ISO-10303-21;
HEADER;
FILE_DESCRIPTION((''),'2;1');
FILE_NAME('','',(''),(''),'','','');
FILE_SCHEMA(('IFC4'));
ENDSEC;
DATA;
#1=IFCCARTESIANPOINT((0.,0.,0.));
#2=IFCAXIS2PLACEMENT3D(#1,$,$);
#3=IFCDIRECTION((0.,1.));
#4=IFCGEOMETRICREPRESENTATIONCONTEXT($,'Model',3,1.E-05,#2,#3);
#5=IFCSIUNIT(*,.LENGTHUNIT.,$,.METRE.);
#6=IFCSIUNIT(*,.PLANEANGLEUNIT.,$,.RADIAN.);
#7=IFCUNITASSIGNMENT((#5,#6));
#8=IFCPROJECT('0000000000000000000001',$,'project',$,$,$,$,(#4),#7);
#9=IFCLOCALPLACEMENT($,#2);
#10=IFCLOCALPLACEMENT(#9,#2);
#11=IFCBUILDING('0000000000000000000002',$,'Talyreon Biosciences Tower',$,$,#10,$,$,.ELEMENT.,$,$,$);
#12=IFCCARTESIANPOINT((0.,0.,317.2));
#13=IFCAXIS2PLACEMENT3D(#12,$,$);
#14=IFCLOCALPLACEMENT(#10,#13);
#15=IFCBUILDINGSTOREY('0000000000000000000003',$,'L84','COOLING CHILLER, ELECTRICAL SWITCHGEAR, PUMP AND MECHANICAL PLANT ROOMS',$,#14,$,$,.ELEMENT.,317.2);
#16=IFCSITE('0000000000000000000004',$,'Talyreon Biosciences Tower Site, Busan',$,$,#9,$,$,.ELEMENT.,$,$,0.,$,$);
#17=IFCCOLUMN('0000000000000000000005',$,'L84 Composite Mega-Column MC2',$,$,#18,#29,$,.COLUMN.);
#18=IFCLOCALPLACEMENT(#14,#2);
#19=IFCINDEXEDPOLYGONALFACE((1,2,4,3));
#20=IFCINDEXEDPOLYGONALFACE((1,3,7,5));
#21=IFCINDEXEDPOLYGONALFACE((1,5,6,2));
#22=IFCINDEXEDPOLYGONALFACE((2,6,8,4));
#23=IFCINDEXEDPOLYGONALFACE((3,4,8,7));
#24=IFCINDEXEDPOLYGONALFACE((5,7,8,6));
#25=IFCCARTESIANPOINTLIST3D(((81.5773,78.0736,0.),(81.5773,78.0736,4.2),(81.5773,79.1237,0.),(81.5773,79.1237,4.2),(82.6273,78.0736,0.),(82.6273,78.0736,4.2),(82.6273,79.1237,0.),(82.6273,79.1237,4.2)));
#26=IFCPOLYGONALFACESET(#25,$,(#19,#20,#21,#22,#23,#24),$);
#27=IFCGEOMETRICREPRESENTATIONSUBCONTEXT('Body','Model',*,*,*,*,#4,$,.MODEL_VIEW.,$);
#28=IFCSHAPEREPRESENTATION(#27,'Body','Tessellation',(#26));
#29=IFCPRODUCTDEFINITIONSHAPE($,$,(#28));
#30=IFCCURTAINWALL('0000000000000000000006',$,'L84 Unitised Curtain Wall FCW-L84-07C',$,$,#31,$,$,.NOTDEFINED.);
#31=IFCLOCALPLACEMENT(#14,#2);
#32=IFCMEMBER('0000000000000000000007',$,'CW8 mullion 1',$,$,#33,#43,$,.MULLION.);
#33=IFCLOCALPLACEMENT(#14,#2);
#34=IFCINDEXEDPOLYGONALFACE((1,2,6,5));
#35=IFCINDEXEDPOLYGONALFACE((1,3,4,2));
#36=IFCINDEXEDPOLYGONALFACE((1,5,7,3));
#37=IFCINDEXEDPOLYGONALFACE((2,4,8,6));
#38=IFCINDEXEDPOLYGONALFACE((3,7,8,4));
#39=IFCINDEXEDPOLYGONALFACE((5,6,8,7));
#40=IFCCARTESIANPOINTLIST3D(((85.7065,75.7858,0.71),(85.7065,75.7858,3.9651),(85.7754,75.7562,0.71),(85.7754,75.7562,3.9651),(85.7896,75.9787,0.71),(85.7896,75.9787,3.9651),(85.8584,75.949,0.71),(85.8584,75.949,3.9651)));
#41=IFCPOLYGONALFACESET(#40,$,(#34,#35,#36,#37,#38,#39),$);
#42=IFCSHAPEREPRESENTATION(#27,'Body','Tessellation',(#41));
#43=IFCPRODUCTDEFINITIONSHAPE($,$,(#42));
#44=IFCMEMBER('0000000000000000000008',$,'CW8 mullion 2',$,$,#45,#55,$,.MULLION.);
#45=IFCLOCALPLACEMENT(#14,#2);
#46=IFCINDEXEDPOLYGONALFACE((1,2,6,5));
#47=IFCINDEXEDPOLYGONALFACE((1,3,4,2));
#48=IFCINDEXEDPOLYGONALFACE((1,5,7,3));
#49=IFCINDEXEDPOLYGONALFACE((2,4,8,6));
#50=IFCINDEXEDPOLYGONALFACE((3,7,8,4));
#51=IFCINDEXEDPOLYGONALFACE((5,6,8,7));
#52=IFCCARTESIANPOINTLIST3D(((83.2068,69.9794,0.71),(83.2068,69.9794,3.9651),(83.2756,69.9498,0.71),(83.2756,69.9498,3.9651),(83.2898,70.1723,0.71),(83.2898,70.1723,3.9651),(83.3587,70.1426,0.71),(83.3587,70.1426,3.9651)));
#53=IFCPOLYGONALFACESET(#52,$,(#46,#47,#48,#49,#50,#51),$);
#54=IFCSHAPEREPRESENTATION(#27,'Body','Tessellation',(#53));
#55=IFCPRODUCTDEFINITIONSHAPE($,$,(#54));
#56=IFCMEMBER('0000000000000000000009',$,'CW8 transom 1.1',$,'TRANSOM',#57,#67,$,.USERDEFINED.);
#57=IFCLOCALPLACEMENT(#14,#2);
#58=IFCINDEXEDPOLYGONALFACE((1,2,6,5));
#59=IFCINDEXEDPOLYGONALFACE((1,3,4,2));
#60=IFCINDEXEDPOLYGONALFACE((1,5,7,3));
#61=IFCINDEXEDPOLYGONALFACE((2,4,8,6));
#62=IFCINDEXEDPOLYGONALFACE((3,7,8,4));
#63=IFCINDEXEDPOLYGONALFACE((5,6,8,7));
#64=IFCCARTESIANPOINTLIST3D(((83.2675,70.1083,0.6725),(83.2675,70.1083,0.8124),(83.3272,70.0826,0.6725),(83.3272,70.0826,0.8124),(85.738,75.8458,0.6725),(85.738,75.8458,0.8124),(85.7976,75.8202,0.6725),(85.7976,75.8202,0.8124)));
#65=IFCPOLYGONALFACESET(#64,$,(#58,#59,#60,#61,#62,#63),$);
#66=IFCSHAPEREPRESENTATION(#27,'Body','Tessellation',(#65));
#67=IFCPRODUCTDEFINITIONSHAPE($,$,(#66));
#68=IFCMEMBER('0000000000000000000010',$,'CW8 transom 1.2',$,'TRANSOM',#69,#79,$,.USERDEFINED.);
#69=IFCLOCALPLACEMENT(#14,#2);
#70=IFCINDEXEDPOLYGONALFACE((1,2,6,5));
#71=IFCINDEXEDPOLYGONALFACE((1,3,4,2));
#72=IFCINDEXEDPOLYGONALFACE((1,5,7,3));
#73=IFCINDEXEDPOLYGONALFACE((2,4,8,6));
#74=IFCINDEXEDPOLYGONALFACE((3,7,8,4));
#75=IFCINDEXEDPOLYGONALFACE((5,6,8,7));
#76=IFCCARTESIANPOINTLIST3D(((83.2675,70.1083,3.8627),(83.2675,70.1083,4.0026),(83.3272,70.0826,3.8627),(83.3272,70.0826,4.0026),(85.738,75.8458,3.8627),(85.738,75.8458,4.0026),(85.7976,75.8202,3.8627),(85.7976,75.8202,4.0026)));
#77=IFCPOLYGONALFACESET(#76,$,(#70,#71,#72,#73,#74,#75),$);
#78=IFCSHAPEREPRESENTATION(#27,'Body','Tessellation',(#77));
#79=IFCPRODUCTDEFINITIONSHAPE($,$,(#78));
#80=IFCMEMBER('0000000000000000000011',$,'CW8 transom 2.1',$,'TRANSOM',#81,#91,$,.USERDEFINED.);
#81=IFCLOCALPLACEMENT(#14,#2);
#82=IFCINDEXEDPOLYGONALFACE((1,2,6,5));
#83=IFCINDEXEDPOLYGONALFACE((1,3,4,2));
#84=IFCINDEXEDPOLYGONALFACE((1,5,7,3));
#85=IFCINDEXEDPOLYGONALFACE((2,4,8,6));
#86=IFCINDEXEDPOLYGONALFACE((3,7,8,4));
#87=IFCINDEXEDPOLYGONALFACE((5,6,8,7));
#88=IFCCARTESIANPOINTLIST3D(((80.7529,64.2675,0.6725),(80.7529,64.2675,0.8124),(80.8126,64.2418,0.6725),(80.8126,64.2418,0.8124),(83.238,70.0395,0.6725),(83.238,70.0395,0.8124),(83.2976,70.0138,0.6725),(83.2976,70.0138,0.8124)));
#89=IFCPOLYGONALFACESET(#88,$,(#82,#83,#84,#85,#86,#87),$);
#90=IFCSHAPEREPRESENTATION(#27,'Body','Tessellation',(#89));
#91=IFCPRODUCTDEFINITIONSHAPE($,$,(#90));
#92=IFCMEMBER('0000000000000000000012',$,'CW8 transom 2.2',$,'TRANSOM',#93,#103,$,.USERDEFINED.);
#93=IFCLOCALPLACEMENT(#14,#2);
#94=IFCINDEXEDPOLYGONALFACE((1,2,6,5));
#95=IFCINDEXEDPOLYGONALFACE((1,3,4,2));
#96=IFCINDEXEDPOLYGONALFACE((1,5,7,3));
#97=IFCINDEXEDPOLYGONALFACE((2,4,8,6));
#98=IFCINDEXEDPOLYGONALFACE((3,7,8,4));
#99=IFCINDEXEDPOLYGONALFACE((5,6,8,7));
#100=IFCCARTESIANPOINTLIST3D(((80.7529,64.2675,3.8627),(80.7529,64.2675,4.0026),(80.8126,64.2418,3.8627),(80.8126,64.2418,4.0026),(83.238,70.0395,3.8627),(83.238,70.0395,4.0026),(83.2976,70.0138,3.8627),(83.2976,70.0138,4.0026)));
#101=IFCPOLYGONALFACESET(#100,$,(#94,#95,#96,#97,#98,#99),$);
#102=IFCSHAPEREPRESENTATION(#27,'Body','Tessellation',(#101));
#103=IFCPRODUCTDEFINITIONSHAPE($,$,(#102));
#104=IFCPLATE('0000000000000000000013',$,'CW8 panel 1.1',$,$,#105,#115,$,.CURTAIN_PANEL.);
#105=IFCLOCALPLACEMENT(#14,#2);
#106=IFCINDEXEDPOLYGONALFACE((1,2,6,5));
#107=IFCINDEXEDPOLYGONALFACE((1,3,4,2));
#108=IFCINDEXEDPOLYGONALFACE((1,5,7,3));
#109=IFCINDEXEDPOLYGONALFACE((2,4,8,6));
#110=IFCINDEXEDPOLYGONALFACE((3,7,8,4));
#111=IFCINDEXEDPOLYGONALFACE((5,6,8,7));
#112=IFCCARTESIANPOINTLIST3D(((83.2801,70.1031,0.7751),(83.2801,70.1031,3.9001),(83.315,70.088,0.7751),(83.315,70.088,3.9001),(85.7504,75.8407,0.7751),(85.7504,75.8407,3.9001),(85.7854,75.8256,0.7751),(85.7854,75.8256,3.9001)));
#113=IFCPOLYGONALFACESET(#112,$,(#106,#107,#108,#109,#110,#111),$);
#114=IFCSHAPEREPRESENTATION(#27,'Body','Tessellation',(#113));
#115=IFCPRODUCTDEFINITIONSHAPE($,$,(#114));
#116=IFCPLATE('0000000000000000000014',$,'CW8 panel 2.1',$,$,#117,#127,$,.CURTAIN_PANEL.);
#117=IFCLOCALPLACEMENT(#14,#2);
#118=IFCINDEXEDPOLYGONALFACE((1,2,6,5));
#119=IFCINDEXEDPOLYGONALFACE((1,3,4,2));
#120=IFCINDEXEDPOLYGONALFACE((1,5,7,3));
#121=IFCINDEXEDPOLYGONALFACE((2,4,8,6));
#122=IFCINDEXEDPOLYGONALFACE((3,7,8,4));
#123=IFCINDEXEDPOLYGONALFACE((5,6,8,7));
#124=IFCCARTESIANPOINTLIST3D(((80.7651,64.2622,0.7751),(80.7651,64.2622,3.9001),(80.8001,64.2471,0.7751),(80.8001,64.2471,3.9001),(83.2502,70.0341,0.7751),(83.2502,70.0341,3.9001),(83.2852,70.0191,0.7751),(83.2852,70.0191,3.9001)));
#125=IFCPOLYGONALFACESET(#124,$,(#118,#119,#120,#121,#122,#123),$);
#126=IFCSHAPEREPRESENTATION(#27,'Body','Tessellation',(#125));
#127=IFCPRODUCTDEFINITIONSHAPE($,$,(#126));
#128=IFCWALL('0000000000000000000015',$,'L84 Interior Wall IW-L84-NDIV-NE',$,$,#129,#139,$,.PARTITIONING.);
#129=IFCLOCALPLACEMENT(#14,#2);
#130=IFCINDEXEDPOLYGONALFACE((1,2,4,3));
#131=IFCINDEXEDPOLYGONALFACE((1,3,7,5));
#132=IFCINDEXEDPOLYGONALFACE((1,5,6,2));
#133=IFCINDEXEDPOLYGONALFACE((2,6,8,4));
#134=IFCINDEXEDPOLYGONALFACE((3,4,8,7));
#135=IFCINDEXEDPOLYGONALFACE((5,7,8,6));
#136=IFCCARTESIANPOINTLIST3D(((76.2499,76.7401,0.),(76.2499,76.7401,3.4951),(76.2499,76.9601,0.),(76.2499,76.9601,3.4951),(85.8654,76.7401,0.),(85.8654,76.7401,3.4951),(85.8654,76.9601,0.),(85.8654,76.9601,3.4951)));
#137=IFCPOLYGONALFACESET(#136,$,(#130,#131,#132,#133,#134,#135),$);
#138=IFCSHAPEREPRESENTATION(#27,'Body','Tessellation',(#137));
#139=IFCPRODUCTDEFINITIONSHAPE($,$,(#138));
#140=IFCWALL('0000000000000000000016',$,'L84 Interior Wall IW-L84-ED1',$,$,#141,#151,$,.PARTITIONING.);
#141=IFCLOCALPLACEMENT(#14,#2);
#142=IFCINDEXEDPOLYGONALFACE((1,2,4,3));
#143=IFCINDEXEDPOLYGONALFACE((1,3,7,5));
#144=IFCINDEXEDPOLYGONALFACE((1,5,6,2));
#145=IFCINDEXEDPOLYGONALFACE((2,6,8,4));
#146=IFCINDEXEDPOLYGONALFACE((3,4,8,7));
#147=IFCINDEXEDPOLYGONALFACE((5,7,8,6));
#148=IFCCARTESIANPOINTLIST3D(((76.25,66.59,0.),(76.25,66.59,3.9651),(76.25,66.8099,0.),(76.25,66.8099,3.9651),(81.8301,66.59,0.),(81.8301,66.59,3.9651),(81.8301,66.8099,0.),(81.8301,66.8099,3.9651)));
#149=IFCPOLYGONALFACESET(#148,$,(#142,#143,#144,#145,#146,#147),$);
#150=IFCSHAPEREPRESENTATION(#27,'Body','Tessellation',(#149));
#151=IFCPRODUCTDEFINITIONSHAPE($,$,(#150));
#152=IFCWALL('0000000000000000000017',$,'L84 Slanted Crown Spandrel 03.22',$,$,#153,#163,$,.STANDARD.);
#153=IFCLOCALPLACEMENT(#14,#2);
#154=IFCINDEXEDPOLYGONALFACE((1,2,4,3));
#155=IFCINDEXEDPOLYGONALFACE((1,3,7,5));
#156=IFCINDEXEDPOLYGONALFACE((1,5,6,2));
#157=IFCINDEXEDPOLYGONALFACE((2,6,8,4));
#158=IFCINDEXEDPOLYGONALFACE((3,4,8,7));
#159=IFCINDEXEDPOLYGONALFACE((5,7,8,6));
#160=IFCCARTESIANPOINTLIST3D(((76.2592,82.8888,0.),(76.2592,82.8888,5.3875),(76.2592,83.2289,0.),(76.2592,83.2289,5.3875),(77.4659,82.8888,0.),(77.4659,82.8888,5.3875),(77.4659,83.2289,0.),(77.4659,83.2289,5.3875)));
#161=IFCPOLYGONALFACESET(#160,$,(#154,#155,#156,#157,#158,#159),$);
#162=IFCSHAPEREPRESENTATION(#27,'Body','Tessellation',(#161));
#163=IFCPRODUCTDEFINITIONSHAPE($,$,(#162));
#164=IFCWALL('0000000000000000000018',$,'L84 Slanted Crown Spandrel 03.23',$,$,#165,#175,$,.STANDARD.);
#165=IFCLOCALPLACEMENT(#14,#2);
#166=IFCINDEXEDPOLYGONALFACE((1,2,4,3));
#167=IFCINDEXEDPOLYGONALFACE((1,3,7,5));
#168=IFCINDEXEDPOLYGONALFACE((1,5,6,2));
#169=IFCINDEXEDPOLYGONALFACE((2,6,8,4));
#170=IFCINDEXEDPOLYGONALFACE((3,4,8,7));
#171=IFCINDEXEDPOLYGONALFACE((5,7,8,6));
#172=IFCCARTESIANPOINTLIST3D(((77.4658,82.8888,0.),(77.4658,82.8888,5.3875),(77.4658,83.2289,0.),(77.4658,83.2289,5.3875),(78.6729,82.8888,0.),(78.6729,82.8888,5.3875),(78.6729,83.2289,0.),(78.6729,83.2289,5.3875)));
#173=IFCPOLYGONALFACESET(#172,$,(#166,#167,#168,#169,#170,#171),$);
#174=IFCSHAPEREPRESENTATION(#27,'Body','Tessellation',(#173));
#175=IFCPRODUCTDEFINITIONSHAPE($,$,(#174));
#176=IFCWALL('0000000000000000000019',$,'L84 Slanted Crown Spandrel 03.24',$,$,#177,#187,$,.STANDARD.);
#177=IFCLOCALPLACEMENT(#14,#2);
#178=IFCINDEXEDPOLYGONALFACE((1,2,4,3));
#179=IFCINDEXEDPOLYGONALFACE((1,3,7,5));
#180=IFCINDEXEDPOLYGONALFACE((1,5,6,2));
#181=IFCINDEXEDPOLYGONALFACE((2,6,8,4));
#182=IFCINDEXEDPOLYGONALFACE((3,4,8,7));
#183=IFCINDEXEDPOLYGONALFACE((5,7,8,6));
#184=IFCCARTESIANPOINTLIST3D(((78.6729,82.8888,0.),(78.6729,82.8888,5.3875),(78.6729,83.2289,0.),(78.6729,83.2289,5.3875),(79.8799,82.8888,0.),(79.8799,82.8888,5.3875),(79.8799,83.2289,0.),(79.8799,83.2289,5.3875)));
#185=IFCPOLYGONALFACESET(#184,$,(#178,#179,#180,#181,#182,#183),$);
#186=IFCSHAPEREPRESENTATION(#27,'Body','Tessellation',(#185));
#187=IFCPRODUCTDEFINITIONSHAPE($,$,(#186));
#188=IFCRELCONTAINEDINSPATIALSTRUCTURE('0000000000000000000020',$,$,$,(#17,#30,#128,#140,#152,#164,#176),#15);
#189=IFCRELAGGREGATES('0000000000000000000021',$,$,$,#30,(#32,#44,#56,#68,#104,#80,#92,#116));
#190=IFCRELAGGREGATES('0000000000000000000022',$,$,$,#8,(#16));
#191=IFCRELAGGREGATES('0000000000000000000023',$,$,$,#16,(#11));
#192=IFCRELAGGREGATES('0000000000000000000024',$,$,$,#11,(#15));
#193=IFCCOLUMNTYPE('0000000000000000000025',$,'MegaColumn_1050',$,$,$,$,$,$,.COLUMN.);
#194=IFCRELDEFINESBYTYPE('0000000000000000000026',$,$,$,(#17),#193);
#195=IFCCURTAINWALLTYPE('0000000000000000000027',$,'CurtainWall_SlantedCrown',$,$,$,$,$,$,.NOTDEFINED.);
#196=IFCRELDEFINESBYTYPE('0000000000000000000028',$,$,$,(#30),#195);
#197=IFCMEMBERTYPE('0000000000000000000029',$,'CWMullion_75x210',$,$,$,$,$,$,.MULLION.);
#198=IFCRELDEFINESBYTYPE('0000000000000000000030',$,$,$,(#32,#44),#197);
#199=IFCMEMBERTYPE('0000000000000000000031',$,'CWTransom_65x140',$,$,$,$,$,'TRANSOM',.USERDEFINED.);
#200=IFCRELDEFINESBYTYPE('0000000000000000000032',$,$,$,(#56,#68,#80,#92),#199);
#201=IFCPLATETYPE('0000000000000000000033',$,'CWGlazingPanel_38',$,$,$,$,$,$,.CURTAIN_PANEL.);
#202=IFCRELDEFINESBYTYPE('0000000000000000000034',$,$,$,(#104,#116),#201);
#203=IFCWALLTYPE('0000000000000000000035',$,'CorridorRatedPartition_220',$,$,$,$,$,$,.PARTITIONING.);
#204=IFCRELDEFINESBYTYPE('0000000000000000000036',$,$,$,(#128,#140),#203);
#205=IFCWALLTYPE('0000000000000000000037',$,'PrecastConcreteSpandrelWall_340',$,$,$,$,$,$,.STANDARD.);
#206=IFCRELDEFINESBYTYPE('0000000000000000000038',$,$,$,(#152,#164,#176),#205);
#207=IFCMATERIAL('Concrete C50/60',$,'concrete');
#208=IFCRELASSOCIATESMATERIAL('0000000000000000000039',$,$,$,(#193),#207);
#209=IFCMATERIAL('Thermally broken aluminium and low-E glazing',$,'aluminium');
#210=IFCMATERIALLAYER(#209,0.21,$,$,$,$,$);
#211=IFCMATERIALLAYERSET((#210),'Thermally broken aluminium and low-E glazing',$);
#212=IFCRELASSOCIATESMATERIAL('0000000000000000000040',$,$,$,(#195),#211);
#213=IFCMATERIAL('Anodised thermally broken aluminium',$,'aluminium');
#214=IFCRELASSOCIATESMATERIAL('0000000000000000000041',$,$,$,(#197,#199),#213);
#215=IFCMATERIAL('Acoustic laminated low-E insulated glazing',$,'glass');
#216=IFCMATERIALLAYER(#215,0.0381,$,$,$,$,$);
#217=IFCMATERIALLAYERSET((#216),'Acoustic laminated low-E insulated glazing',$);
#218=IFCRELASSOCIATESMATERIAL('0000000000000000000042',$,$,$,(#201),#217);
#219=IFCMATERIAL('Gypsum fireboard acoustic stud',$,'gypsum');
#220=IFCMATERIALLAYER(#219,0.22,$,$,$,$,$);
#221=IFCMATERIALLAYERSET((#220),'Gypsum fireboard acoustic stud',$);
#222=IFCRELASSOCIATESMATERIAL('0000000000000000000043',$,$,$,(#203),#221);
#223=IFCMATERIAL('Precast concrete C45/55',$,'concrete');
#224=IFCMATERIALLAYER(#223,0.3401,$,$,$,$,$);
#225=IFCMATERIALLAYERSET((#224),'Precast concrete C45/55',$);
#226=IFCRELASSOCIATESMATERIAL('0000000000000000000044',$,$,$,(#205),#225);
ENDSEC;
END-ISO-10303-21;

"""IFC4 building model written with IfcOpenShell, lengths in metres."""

from ifc_helpers import new_model, si_unit, direction, frame, frame_2d, origin, origin_2d, place, context, subcontext, project, spatial, rectangle, extrude, material, layer, layer_set, material_profile, profile_set, type_object, element, aggregate, save


model = new_model("IFC4")

# Units and contexts
model_context = context("Model", 3, precision=1e-05, world=origin(), true_north=direction((0.0, 1.0)))
body_context = subcontext(model_context, "Body", "Model", "MODEL_VIEW")
ifc_project = project(units=[si_unit("LENGTHUNIT", "METRE"), si_unit("PLANEANGLEUNIT", "RADIAN")], contexts=[model_context])

# Site, building, storey
site_placement = place(None, origin())
site = spatial("IfcSite", under=ifc_project, at=site_placement, Name="Talyreon Biosciences Tower Site, Busan", CompositionType="ELEMENT", RefElevation=0.0)
building_placement = place(site_placement, origin())
building = spatial("IfcBuilding", under=site, at=building_placement, Name="Talyreon Biosciences Tower", CompositionType="ELEMENT")
storey_placement = place(building_placement, frame((0.0, 0.0, 317.2)))
storey = spatial("IfcBuildingStorey", under=building, at=storey_placement, Name="L84", Description="COOLING CHILLER, ELECTRICAL SWITCHGEAR, PUMP AND MECHANICAL PLANT ROOMS", CompositionType="ELEMENT", Elevation=317.2)

# Column
ifc_material_1 = material(Name="Concrete C50/60", Category="concrete")
ifc_material_profile_1 = material_profile(ifc_material_1, rectangle(XDim=1.05, YDim=1.05, at=origin_2d()), Name="RC 1050x1050")
ifc_profile_set_1 = profile_set([ifc_material_profile_1], Name="Concrete C50/60")
column_type = type_object("IfcColumnType", Name="MegaColumn_1050", PredefinedType="COLUMN", material=ifc_profile_set_1)
column_placement = place(storey_placement, frame((82.1023, 78.5986, 0.0), z_axis=(0.0, 0.0, 1.0), x_axis=(1.0, 0.0, 0.0)))
element("IfcColumn", 1, at=column_placement, inside=storey, type_object=column_type, Name="L84 Composite Mega-Column MC2", PredefinedType="COLUMN", context=body_context, shape_type="SweptSolid", body=[
    extrude(rectangle(XDim=1.05, YDim=1.05, at=origin_2d()), origin(), (0.0, 0.0, 1.0), 4.2),
])

# Curtain wall, members, plates
ifc_material_2 = material(Name="Thermally broken aluminium and low-E glazing", Category="aluminium")
ifc_layer_1 = layer(ifc_material_2, 0.21)
ifc_layer_set_1 = layer_set([ifc_layer_1], Name="Thermally broken aluminium and low-E glazing")
curtain_wall_type = type_object("IfcCurtainWallType", Name="CurtainWall_SlantedCrown", PredefinedType="NOTDEFINED", material=ifc_layer_set_1)
curtain_wall_placement = place(storey_placement, origin())
curtain_wall = element("IfcCurtainWall", 2, at=curtain_wall_placement, inside=storey, type_object=curtain_wall_type, Name="L84 Unitised Curtain Wall FCW-L84-07C", PredefinedType="NOTDEFINED")
ifc_material_3 = material(Name="Anodised thermally broken aluminium", Category="aluminium")
ifc_material_profile_2 = material_profile(ifc_material_3, rectangle(XDim=0.075, YDim=0.21, at=origin_2d()), Name="ALUM MULLION 75x210")
ifc_profile_set_2 = profile_set([ifc_material_profile_2], Name="Anodised thermally broken aluminium")
member_type_1 = type_object("IfcMemberType", Name="CWMullion_75x210", PredefinedType="MULLION", material=ifc_profile_set_2)
member_1_placement = place(storey_placement, frame((85.7825, 75.8674, 0.71), z_axis=(0.0, 0.0, 1.0), x_axis=(0.918487, -0.395451, 0.0)))
member_1 = element("IfcMember", 3, at=member_1_placement, type_object=member_type_1, Name="CW8 mullion 1", PredefinedType="MULLION", context=body_context, shape_type="SweptSolid", body=[
    extrude(rectangle(XDim=0.075, YDim=0.21, at=origin_2d()), origin(), (0.0, 0.0, 1.0), 3.2551),
])
member_2_placement = place(storey_placement, frame((83.2827, 70.061, 0.71), z_axis=(0.0, 0.0, 1.0), x_axis=(0.918487, -0.395451, 0.0)))
member_2 = element("IfcMember", 4, at=member_2_placement, type_object=member_type_1, Name="CW8 mullion 2", PredefinedType="MULLION", context=body_context, shape_type="SweptSolid", body=[
    extrude(rectangle(XDim=0.075, YDim=0.21, at=origin_2d()), origin(), (0.0, 0.0, 1.0), 3.2551),
])
ifc_material_profile_3 = material_profile(ifc_material_3, rectangle(XDim=0.0649, YDim=0.1399, at=origin_2d()), Name="ALUM TRANSOM 65x140")
ifc_profile_set_3 = profile_set([ifc_material_profile_3], Name="Anodised thermally broken aluminium")
member_type_2 = type_object("IfcMemberType", Name="CWTransom_65x140", ElementType="TRANSOM", PredefinedType="USERDEFINED", material=ifc_profile_set_3)
member_3_placement = place(storey_placement, frame((85.7678, 75.833, 0.7424), z_axis=(-0.395475, -0.918477, 0.0), x_axis=(0.918477, -0.395475, 0.0)))
member_3 = element("IfcMember", 5, at=member_3_placement, type_object=member_type_2, Name="CW8 transom 1.1", ObjectType="TRANSOM", PredefinedType="USERDEFINED", context=body_context, shape_type="SweptSolid", body=[
    extrude(rectangle(XDim=0.0649, YDim=0.1399, at=origin_2d()), origin(), (0.0, 0.0, 1.0), 6.2468),
])
member_4_placement = place(storey_placement, frame((85.7678, 75.833, 3.9326), z_axis=(-0.395475, -0.918477, 0.0), x_axis=(0.918477, -0.395475, 0.0)))
member_4 = element("IfcMember", 6, at=member_4_placement, type_object=member_type_2, Name="CW8 transom 1.2", ObjectType="TRANSOM", PredefinedType="USERDEFINED", context=body_context, shape_type="SweptSolid", body=[
    extrude(rectangle(XDim=0.0649, YDim=0.1399, at=origin_2d()), origin(), (0.0, 0.0, 1.0), 6.2468),
])
member_5_placement = place(storey_placement, frame((83.2678, 70.0266, 0.7424), z_axis=(-0.395452, -0.918487, 0.0), x_axis=(0.918487, -0.395452, 0.0)))
member_5 = element("IfcMember", 7, at=member_5_placement, type_object=member_type_2, Name="CW8 transom 2.1", ObjectType="TRANSOM", PredefinedType="USERDEFINED", context=body_context, shape_type="SweptSolid", body=[
    extrude(rectangle(XDim=0.0649, YDim=0.1399, at=origin_2d()), origin(), (0.0, 0.0, 1.0), 6.2842),
])
member_6_placement = place(storey_placement, frame((83.2678, 70.0266, 3.9326), z_axis=(-0.395452, -0.918487, 0.0), x_axis=(0.918487, -0.395452, 0.0)))
member_6 = element("IfcMember", 8, at=member_6_placement, type_object=member_type_2, Name="CW8 transom 2.2", ObjectType="TRANSOM", PredefinedType="USERDEFINED", context=body_context, shape_type="SweptSolid", body=[
    extrude(rectangle(XDim=0.0649, YDim=0.1399, at=origin_2d()), origin(), (0.0, 0.0, 1.0), 6.2842),
])
ifc_material_4 = material(Name="Acoustic laminated low-E insulated glazing", Category="glass")
ifc_layer_2 = layer(ifc_material_4, 0.0381)
ifc_layer_set_2 = layer_set([ifc_layer_2], Name="Acoustic laminated low-E insulated glazing")
plate_type = type_object("IfcPlateType", Name="CWGlazingPanel_38", PredefinedType="CURTAIN_PANEL", material=ifc_layer_set_2)
plate_1_placement = place(storey_placement, frame((84.5327, 72.9644, 0.7751), z_axis=(0.0, 0.0, 1.0), x_axis=(-0.395451, -0.918487, 0.0)))
plate_1 = element("IfcPlate", 9, at=plate_1_placement, type_object=plate_type, Name="CW8 panel 1.1", PredefinedType="CURTAIN_PANEL", context=body_context, shape_type="SweptSolid", body=[
    extrude(rectangle(XDim=6.2468, YDim=0.0381, at=origin_2d()), origin(), (0.0, 0.0, 1.0), 3.125),
])
plate_2_placement = place(storey_placement, frame((82.0251, 67.1406, 0.7751), z_axis=(0.0, 0.0, 1.0), x_axis=(-0.395451, -0.918487, 0.0)))
plate_2 = element("IfcPlate", 10, at=plate_2_placement, type_object=plate_type, Name="CW8 panel 2.1", PredefinedType="CURTAIN_PANEL", context=body_context, shape_type="SweptSolid", body=[
    extrude(rectangle(XDim=6.2842, YDim=0.0381, at=origin_2d()), origin(), (0.0, 0.0, 1.0), 3.125),
])
aggregate(curtain_wall, [member_1, member_2, member_3, member_4, plate_1, member_5, member_6, plate_2])

# Walls
ifc_material_5 = material(Name="Gypsum fireboard acoustic stud", Category="gypsum")
ifc_layer_3 = layer(ifc_material_5, 0.22)
ifc_layer_set_3 = layer_set([ifc_layer_3], Name="Gypsum fireboard acoustic stud")
wall_type_1 = type_object("IfcWallType", Name="CorridorRatedPartition_220", PredefinedType="PARTITIONING", material=ifc_layer_set_3)
wall_1_placement = place(storey_placement, frame((76.25, 76.8501, 0.0), z_axis=(0.0, 0.0, 1.0), x_axis=(1.0, 0.0, 0.0)))
element("IfcWall", 11, at=wall_1_placement, inside=storey, type_object=wall_type_1, Name="L84 Interior Wall IW-L84-NDIV-NE", PredefinedType="PARTITIONING", context=body_context, shape_type="SweptSolid", body=[
    extrude(rectangle(XDim=9.6155, YDim=0.22, at=frame_2d((4.8076, 0.0))), origin(), (0.0, 0.0, 1.0), 3.4951),
])
wall_2_placement = place(storey_placement, frame((76.25, 66.7, 0.0), z_axis=(0.0, 0.0, 1.0), x_axis=(1.0, 0.0, 0.0)))
element("IfcWall", 12, at=wall_2_placement, inside=storey, type_object=wall_type_1, Name="L84 Interior Wall IW-L84-ED1", PredefinedType="PARTITIONING", context=body_context, shape_type="SweptSolid", body=[
    extrude(rectangle(XDim=5.5801, YDim=0.22, at=frame_2d((2.79, 0.0))), origin(), (0.0, 0.0, 1.0), 3.9651),
])
ifc_material_6 = material(Name="Precast concrete C45/55", Category="concrete")
ifc_layer_4 = layer(ifc_material_6, 0.3401)
ifc_layer_set_4 = layer_set([ifc_layer_4], Name="Precast concrete C45/55")
wall_type_2 = type_object("IfcWallType", Name="PrecastConcreteSpandrelWall_340", PredefinedType="STANDARD", material=ifc_layer_set_4)
wall_3_placement = place(storey_placement, frame((76.259, 83.0588, 0.0), z_axis=(0.0, 0.0, 1.0), x_axis=(1.0, 0.0, 0.0)))
element("IfcWall", 13, at=wall_3_placement, inside=storey, type_object=wall_type_2, Name="L84 Slanted Crown Spandrel 03.22", PredefinedType="STANDARD", context=body_context, shape_type="SweptSolid", body=[
    extrude(rectangle(XDim=1.2068, YDim=0.3401, at=frame_2d((0.6035, 0.0))), origin(), (0.0, 0.0, 1.0), 5.3875),
])
for number, where, z_axis, x_axis, name in (
    (14, (77.4658, 83.0588, 0.0), (0.0, 0.0, 1.0), (1.0, 0.0, 0.0), "L84 Slanted Crown Spandrel 03.23"),
    (15, (78.6729, 83.0588, 0.0), (0.0, 0.0, 1.0), (1.0, 0.0, 0.0), "L84 Slanted Crown Spandrel 03.24"),
):
    element("IfcWall", number, at=place(storey_placement, frame(where, z_axis=z_axis, x_axis=x_axis)), inside=storey, type_object=wall_type_2, Name=name, PredefinedType="STANDARD", context=body_context, shape_type="SweptSolid", body=[
        extrude(rectangle(XDim=1.207, YDim=0.3401, at=frame_2d((0.6035, 0.0))), origin(), (0.0, 0.0, 1.0), 5.3875),
    ])

save(model, "model.ifc")
